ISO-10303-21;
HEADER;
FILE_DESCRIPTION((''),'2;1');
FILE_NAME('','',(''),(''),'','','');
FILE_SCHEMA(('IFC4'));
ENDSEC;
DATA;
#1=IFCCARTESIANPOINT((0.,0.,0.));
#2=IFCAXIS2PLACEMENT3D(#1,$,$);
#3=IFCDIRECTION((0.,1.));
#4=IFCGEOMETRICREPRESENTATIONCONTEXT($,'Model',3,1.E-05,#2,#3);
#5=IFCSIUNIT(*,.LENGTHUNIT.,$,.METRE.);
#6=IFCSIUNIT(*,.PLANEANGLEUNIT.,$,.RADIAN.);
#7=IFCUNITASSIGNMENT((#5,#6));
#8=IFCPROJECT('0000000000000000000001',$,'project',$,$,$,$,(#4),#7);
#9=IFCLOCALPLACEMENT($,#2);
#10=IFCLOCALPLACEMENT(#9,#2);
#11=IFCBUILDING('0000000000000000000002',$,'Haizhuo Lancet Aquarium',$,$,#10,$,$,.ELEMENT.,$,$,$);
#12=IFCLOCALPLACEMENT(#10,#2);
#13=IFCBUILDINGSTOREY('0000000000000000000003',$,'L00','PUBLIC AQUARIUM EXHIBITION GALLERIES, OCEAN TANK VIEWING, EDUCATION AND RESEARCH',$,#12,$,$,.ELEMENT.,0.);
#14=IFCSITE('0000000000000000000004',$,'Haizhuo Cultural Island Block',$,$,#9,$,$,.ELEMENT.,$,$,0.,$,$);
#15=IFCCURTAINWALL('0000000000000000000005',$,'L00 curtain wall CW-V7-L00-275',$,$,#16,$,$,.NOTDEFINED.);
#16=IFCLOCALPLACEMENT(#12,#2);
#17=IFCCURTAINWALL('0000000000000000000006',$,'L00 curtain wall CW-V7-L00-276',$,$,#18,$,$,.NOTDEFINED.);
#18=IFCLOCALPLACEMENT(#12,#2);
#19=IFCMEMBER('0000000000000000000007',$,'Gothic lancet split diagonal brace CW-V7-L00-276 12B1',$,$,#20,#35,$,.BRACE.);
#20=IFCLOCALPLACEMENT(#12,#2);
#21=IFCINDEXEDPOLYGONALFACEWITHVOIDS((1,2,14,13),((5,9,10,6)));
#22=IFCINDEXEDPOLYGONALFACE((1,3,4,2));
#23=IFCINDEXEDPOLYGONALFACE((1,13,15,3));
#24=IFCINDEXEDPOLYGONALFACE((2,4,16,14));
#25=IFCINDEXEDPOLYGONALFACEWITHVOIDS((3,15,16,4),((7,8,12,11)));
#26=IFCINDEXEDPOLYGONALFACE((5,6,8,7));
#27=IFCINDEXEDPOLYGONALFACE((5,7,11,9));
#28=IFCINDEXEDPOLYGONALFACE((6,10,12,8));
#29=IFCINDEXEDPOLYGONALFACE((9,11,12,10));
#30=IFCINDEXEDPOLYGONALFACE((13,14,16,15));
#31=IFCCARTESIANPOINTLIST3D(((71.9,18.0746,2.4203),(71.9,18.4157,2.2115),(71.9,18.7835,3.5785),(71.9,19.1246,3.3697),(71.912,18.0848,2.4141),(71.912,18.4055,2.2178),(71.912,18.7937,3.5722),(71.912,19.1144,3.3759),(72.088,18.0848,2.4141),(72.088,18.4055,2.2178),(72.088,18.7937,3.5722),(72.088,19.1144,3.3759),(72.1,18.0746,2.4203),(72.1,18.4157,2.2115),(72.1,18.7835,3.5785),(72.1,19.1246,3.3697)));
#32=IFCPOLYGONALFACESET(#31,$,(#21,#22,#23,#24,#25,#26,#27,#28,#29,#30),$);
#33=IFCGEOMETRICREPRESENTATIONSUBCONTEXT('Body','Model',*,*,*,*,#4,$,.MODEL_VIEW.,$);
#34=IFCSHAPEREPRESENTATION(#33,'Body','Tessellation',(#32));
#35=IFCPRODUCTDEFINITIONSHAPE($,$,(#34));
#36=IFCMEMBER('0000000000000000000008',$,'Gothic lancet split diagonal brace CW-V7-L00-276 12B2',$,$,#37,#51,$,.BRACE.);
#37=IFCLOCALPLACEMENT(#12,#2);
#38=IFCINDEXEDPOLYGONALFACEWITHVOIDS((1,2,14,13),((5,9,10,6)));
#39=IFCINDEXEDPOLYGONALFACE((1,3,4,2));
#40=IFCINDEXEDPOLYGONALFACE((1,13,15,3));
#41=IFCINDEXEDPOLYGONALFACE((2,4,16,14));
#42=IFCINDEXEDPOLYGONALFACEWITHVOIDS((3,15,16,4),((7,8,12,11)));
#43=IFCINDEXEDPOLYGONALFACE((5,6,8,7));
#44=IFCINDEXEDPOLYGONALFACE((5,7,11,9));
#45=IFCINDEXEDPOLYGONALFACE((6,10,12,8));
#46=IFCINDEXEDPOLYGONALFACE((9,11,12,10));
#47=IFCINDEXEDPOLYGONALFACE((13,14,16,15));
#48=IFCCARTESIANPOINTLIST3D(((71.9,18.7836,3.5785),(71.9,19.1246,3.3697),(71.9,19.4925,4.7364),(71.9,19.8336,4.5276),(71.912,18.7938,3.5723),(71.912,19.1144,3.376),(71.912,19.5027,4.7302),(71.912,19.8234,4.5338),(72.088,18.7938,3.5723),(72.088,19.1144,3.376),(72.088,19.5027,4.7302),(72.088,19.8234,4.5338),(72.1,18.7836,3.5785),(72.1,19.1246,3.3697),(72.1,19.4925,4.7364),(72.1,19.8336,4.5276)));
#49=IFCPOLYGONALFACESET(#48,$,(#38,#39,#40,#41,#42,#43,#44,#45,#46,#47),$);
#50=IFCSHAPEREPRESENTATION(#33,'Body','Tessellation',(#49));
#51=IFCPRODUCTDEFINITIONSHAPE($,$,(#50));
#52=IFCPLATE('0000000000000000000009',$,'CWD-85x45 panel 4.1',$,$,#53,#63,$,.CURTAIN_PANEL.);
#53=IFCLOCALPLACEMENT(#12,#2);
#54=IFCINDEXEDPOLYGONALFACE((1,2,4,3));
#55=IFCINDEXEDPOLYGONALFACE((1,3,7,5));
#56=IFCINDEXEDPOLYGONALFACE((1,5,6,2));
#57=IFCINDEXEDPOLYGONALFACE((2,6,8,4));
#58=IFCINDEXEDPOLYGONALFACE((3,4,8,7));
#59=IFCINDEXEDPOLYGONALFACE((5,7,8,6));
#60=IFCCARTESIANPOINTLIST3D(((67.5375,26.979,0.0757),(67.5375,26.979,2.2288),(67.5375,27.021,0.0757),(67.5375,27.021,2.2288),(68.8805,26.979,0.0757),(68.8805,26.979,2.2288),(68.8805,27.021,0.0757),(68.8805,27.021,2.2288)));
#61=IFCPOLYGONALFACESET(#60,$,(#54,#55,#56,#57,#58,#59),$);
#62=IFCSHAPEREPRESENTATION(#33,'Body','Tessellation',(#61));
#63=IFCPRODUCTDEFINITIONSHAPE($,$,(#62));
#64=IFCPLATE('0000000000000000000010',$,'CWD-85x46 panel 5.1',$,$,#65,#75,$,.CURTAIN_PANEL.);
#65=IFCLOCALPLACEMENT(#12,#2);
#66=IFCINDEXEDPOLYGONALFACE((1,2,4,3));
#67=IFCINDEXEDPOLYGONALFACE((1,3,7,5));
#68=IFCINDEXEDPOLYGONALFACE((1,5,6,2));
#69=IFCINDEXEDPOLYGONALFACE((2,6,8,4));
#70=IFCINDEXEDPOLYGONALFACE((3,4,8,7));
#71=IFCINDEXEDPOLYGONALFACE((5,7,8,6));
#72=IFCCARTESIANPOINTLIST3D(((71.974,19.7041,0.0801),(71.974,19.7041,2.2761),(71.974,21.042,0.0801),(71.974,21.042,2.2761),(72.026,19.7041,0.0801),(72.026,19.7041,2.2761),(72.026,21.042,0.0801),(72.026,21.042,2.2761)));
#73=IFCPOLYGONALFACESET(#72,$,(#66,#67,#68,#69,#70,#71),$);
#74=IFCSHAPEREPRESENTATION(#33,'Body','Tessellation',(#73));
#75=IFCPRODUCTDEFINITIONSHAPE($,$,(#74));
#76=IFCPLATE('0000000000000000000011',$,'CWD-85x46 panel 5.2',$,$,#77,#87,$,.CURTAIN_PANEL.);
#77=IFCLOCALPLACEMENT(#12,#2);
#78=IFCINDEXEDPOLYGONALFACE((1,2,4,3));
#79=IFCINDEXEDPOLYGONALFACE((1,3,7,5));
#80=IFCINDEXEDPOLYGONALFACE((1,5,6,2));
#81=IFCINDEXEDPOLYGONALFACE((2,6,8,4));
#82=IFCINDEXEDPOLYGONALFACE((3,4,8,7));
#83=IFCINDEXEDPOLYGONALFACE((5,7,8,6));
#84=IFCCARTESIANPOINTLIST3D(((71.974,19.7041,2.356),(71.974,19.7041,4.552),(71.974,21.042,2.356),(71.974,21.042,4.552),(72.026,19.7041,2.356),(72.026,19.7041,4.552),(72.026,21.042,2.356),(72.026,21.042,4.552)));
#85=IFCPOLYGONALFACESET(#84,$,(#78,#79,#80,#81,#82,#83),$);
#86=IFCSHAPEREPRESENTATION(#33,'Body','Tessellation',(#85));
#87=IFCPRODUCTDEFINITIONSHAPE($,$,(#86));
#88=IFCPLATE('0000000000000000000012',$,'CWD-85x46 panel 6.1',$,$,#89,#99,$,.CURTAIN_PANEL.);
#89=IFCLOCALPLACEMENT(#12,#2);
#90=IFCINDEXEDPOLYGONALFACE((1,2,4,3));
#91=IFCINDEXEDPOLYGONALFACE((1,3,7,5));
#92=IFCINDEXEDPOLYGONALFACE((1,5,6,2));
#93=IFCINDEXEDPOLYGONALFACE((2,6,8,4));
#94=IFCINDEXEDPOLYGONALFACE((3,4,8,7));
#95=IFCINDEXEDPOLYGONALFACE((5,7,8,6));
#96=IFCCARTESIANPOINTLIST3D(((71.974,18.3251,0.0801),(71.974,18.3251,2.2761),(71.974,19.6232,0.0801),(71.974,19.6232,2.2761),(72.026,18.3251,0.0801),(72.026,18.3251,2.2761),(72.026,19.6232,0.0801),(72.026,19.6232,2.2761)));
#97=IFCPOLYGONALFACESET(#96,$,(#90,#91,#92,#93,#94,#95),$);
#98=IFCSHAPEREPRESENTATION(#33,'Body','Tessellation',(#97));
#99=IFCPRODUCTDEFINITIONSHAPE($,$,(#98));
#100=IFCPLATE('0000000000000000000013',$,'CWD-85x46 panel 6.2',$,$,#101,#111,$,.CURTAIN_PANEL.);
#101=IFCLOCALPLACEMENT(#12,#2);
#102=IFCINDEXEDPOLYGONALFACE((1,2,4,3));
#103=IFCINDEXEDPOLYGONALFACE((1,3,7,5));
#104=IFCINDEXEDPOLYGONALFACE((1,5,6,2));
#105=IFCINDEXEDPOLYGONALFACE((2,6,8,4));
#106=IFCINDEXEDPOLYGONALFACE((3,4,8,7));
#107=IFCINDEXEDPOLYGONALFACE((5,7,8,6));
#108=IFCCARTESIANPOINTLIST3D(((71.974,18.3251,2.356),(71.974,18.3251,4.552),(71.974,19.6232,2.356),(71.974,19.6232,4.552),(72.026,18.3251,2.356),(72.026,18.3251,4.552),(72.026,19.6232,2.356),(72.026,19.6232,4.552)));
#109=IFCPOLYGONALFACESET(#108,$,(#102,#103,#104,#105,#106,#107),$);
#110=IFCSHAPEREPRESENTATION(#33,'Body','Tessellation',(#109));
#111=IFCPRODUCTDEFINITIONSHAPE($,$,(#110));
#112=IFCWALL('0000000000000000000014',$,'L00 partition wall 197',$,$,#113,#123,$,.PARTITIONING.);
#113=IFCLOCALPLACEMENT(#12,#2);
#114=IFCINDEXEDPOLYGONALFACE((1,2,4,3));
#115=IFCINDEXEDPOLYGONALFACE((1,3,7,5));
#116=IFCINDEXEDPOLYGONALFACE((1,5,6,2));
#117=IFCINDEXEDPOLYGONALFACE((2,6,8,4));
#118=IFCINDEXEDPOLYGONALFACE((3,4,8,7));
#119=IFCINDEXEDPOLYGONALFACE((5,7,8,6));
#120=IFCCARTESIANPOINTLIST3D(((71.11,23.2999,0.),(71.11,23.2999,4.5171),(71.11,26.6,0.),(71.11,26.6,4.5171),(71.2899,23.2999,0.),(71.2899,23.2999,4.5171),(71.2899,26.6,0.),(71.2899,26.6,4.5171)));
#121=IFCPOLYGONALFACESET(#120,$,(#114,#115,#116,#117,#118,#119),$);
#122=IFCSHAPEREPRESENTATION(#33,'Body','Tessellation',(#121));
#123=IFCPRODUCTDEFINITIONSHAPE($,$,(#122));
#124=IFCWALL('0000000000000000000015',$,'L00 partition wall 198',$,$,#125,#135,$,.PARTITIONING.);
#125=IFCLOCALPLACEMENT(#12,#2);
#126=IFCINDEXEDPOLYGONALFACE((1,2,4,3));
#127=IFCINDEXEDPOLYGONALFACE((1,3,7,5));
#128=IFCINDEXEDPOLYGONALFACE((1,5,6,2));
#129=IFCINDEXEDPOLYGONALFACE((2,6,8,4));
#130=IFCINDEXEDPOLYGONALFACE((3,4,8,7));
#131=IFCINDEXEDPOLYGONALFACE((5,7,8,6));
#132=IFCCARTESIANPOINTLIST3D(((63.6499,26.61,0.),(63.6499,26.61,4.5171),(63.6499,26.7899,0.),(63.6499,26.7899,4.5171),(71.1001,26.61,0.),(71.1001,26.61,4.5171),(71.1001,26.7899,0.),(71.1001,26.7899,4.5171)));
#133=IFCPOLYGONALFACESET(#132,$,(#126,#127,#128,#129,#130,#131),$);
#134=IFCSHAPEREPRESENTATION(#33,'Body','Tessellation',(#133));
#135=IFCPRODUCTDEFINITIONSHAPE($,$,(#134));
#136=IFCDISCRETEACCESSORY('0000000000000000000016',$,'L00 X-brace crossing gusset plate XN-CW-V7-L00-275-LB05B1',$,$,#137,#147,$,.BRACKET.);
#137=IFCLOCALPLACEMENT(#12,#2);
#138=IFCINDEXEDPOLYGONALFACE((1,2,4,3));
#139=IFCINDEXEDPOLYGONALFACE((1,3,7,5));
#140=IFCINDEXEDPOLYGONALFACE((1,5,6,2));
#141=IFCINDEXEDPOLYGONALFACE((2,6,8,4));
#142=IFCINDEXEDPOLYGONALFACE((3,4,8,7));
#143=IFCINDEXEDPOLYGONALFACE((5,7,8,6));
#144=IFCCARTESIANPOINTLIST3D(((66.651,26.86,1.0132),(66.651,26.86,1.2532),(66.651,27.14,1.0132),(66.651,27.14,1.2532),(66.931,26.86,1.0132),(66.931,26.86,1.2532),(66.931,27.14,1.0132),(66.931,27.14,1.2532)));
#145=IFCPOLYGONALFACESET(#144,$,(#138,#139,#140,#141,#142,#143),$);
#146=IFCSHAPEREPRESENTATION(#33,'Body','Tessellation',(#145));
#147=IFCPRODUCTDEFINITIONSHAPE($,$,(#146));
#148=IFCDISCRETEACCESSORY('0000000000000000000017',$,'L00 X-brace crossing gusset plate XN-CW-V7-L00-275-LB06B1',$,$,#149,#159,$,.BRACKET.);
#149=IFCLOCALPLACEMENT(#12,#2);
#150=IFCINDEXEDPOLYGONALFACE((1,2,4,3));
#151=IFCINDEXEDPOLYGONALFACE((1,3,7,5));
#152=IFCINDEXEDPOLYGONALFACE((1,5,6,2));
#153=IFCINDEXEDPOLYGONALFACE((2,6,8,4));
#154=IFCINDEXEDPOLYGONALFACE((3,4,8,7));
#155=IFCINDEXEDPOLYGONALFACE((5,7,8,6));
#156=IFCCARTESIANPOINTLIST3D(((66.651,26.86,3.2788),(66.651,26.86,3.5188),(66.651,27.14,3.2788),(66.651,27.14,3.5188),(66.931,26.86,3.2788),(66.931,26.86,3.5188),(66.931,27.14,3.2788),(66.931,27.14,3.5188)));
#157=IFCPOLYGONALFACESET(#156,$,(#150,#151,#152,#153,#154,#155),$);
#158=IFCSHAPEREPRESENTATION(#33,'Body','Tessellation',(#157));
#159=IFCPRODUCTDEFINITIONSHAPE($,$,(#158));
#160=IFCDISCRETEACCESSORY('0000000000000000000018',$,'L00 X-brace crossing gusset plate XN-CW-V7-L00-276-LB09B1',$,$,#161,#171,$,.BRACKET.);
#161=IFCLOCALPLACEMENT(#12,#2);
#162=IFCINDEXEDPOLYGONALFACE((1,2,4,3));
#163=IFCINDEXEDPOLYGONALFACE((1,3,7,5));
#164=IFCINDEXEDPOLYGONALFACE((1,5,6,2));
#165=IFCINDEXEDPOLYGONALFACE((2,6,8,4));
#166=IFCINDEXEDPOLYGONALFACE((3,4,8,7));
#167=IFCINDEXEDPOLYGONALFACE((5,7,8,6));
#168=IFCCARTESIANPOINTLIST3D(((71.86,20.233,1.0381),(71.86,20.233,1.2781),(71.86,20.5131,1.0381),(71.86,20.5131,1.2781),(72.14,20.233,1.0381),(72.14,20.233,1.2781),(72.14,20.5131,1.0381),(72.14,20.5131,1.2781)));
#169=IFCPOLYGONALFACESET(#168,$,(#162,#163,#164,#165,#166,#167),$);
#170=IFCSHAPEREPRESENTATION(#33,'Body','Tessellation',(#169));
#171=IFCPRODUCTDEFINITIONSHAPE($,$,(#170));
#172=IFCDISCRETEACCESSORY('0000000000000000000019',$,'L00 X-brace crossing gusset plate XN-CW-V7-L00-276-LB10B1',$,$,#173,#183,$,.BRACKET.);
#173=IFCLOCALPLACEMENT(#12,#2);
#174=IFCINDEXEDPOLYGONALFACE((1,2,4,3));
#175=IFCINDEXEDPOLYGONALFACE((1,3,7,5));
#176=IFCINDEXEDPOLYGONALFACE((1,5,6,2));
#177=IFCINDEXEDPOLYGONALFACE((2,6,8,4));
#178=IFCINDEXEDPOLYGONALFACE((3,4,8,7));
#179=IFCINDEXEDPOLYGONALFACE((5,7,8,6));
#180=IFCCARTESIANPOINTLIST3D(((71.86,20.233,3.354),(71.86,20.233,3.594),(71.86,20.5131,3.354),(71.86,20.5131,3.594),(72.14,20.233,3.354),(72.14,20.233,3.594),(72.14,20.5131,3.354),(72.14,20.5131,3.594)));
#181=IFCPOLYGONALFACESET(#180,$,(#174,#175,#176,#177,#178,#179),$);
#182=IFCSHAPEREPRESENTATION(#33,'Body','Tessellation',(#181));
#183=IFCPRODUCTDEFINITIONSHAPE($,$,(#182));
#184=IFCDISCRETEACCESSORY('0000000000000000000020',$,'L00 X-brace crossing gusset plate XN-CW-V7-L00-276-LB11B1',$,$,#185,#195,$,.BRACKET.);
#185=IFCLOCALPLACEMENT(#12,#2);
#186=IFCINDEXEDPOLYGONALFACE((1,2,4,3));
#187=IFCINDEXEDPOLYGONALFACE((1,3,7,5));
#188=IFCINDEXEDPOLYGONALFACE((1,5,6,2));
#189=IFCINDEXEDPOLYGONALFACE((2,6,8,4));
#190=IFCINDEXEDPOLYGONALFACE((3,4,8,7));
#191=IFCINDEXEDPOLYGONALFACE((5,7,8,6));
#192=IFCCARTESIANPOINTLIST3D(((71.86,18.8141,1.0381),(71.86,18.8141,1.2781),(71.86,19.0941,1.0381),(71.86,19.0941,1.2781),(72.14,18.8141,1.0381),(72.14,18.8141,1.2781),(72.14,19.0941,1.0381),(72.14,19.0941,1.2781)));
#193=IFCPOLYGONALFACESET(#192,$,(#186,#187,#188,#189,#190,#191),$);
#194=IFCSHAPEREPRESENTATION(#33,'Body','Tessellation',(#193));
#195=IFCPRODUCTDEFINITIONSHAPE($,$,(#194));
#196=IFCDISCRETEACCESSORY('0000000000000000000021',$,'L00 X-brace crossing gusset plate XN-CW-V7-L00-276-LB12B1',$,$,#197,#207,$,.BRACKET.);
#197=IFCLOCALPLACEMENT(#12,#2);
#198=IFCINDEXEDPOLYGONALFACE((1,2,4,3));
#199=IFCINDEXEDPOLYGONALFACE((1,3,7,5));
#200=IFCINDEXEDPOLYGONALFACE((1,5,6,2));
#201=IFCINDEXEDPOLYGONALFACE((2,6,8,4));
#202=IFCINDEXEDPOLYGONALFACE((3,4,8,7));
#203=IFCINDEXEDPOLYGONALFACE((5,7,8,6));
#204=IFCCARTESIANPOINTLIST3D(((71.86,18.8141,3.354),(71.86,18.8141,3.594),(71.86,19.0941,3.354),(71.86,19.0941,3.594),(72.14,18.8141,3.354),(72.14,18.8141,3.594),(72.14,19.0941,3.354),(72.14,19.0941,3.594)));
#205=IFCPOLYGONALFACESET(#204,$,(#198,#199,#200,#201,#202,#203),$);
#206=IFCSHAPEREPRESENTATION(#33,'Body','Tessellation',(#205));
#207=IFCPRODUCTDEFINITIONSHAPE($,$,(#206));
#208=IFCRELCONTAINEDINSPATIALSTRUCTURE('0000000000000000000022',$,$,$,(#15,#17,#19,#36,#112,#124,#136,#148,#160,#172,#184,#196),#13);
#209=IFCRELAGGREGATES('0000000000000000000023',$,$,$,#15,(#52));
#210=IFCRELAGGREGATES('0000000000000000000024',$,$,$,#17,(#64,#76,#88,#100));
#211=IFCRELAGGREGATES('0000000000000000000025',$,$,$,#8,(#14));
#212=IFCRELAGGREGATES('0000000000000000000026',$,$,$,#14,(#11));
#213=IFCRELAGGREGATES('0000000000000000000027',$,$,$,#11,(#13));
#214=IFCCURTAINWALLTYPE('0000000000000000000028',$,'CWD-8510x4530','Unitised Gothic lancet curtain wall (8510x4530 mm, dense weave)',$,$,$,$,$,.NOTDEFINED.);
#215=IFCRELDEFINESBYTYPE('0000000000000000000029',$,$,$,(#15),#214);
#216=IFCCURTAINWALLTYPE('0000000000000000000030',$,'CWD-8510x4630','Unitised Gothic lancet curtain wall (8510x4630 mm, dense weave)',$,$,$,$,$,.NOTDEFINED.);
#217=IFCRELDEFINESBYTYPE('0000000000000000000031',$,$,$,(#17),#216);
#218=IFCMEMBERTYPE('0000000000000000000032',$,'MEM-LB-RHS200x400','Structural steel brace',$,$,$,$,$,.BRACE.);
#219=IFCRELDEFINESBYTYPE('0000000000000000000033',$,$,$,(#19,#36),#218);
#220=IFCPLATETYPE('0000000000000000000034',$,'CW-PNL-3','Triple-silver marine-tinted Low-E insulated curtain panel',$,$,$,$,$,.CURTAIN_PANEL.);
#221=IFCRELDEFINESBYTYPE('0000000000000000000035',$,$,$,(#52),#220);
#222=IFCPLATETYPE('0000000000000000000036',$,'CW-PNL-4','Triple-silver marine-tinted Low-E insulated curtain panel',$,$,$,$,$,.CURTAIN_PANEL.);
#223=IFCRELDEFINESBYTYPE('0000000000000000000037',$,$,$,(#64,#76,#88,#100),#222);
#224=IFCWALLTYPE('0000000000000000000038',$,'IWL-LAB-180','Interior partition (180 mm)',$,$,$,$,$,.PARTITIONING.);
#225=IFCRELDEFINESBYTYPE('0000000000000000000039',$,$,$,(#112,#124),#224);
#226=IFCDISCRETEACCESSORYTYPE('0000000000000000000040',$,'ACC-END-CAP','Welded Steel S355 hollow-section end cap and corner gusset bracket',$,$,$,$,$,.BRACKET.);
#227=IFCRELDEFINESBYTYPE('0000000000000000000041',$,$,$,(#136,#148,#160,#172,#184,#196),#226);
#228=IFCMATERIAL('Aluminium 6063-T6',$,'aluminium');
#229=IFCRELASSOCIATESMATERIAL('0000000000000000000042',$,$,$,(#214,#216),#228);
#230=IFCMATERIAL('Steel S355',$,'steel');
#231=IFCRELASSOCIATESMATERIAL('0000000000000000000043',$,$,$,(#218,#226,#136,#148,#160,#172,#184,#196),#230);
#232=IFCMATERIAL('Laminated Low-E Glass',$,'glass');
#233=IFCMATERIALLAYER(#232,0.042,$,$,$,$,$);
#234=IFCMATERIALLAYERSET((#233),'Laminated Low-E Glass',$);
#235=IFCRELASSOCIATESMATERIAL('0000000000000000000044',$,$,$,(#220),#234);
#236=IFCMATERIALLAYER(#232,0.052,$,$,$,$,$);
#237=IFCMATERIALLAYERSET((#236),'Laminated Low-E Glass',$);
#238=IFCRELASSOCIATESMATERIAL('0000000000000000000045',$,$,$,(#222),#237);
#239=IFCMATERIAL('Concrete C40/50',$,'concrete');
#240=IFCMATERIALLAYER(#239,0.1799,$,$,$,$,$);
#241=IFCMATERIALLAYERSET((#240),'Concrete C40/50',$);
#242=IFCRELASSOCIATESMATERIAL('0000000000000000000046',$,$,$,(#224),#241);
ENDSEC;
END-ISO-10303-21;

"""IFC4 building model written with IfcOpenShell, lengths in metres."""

from ifc_helpers import new_model, si_unit, direction, frame, frame_2d, origin, origin_2d, place, context, subcontext, project, spatial, rectangle, hollow_rectangle, extrude, material, layer, layer_set, material_profile, profile_set, type_object, element, aggregate, save


model = new_model("IFC4")

# Units and contexts
model_context = context("Model", 3, precision=1e-05, world=origin(), true_north=direction((0.0, 1.0)))
body_context = subcontext(model_context, "Body", "Model", "MODEL_VIEW")
ifc_project = project(units=[si_unit("LENGTHUNIT", "METRE"), si_unit("PLANEANGLEUNIT", "RADIAN")], contexts=[model_context])

# Site, building, storey
site_placement = place(None, origin())
site = spatial("IfcSite", under=ifc_project, at=site_placement, Name="Haizhuo Cultural Island Block", CompositionType="ELEMENT", RefElevation=0.0)
building_placement = place(site_placement, origin())
building = spatial("IfcBuilding", under=site, at=building_placement, Name="Haizhuo Lancet Aquarium", CompositionType="ELEMENT")
storey_placement = place(building_placement, origin())
storey = spatial("IfcBuildingStorey", under=building, at=storey_placement, Name="L00", Description="PUBLIC AQUARIUM EXHIBITION GALLERIES, OCEAN TANK VIEWING, EDUCATION AND RESEARCH", CompositionType="ELEMENT", Elevation=0.0)

# Curtain wall
ifc_material_1 = material(Name="Aluminium 6063-T6", Category="aluminium")
curtain_wall_type_1 = type_object("IfcCurtainWallType", Name="CWD-8510x4530", Description="Unitised Gothic lancet curtain wall (8510x4530 mm, dense weave)", PredefinedType="NOTDEFINED", material=ifc_material_1)
curtain_wall_1_placement = place(storey_placement, origin())
curtain_wall_1 = element("IfcCurtainWall", 1, at=curtain_wall_1_placement, inside=storey, type_object=curtain_wall_type_1, Name="L00 curtain wall CW-V7-L00-275", PredefinedType="NOTDEFINED")

# Curtain wall
curtain_wall_type_2 = type_object("IfcCurtainWallType", Name="CWD-8510x4630", Description="Unitised Gothic lancet curtain wall (8510x4630 mm, dense weave)", PredefinedType="NOTDEFINED", material=ifc_material_1)
curtain_wall_2_placement = place(storey_placement, origin())
curtain_wall_2 = element("IfcCurtainWall", 2, at=curtain_wall_2_placement, inside=storey, type_object=curtain_wall_type_2, Name="L00 curtain wall CW-V7-L00-276", PredefinedType="NOTDEFINED")

# Members
ifc_material_2 = material(Name="Steel S355", Category="steel")
ifc_material_profile_1 = material_profile(ifc_material_2, hollow_rectangle(XDim=0.2, YDim=0.3999, WallThickness=0.012, at=origin_2d()), Name="RHS 200x400x12")
ifc_profile_set_1 = profile_set([ifc_material_profile_1], Name="Steel S355")
member_type_1 = type_object("IfcMemberType", Name="MEM-LB-RHS200x400", Description="Structural steel brace", PredefinedType="BRACE", material=ifc_profile_set_1)
member_1_placement = place(storey_placement, frame((72.0, 18.2451, 2.3159), z_axis=(0.0, 0.52209, 0.852891), x_axis=(-1.0, 0.0, 0.0)))
element("IfcMember", 3, at=member_1_placement, inside=storey, type_object=member_type_1, Name="Gothic lancet split diagonal brace CW-V7-L00-276 12B1", PredefinedType="BRACE", context=body_context, shape_type="SweptSolid", body=[
    extrude(hollow_rectangle(XDim=0.2, YDim=0.3999, WallThickness=0.012, at=origin_2d()), origin(), (0.0, 0.0, 1.0), 1.3579),
])
member_2_placement = place(storey_placement, frame((72.0, 18.9541, 3.4741), z_axis=(0.0, 0.52217, 0.852841), x_axis=(-1.0, 0.0, 0.0)))
element("IfcMember", 4, at=member_2_placement, inside=storey, type_object=member_type_1, Name="Gothic lancet split diagonal brace CW-V7-L00-276 12B2", PredefinedType="BRACE", context=body_context, shape_type="SweptSolid", body=[
    extrude(hollow_rectangle(XDim=0.2, YDim=0.3999, WallThickness=0.012, at=origin_2d()), origin(), (0.0, 0.0, 1.0), 1.3577),
])

# Plates
ifc_material_3 = material(Name="Laminated Low-E Glass", Category="glass")
ifc_layer_1 = layer(ifc_material_3, 0.042)
ifc_layer_set_1 = layer_set([ifc_layer_1], Name="Laminated Low-E Glass")
plate_type_1 = type_object("IfcPlateType", Name="CW-PNL-3", Description="Triple-silver marine-tinted Low-E insulated curtain panel", PredefinedType="CURTAIN_PANEL", material=ifc_layer_set_1)
plate_1_placement = place(storey_placement, frame((68.209, 27.0, 0.0757), z_axis=(0.0, 0.0, 1.0), x_axis=(1.0, 0.0, 0.0)))
plate_1 = element("IfcPlate", 5, at=plate_1_placement, type_object=plate_type_1, Name="CWD-85x45 panel 4.1", PredefinedType="CURTAIN_PANEL", context=body_context, shape_type="SweptSolid", body=[
    extrude(rectangle(XDim=1.343, YDim=0.042, at=origin_2d()), origin(), (0.0, 0.0, 1.0), 2.1531),
])
aggregate(curtain_wall_1, [plate_1])
ifc_layer_2 = layer(ifc_material_3, 0.052)
ifc_layer_set_2 = layer_set([ifc_layer_2], Name="Laminated Low-E Glass")
plate_type_2 = type_object("IfcPlateType", Name="CW-PNL-4", Description="Triple-silver marine-tinted Low-E insulated curtain panel", PredefinedType="CURTAIN_PANEL", material=ifc_layer_set_2)
plate_2_placement = place(storey_placement, frame((72.0, 20.373, 0.0801), z_axis=(0.0, 0.0, 1.0), x_axis=(0.0, -1.0, 0.0)))
plate_2 = element("IfcPlate", 6, at=plate_2_placement, type_object=plate_type_2, Name="CWD-85x46 panel 5.1", PredefinedType="CURTAIN_PANEL", context=body_context, shape_type="SweptSolid", body=[
    extrude(rectangle(XDim=1.3379, YDim=0.052, at=origin_2d()), origin(), (0.0, 0.0, 1.0), 2.196),
])
plate_3_placement = place(storey_placement, frame((72.0, 20.373, 2.356), z_axis=(0.0, 0.0, 1.0), x_axis=(0.0, -1.0, 0.0)))
plate_3 = element("IfcPlate", 7, at=plate_3_placement, type_object=plate_type_2, Name="CWD-85x46 panel 5.2", PredefinedType="CURTAIN_PANEL", context=body_context, shape_type="SweptSolid", body=[
    extrude(rectangle(XDim=1.3379, YDim=0.052, at=origin_2d()), origin(), (0.0, 0.0, 1.0), 2.196),
])
plate_4_placement = place(storey_placement, frame((72.0, 18.9741, 0.0801), z_axis=(0.0, 0.0, 1.0), x_axis=(0.0, -1.0, 0.0)))
plate_4 = element("IfcPlate", 8, at=plate_4_placement, type_object=plate_type_2, Name="CWD-85x46 panel 6.1", PredefinedType="CURTAIN_PANEL", context=body_context, shape_type="SweptSolid", body=[
    extrude(rectangle(XDim=1.2981, YDim=0.052, at=origin_2d()), origin(), (0.0, 0.0, 1.0), 2.196),
])
plate_5_placement = place(storey_placement, frame((72.0, 18.9741, 2.356), z_axis=(0.0, 0.0, 1.0), x_axis=(0.0, -1.0, 0.0)))
plate_5 = element("IfcPlate", 9, at=plate_5_placement, type_object=plate_type_2, Name="CWD-85x46 panel 6.2", PredefinedType="CURTAIN_PANEL", context=body_context, shape_type="SweptSolid", body=[
    extrude(rectangle(XDim=1.2981, YDim=0.052, at=origin_2d()), origin(), (0.0, 0.0, 1.0), 2.196),
])
aggregate(curtain_wall_2, [plate_2, plate_3, plate_4, plate_5])

# Walls
ifc_material_4 = material(Name="Concrete C40/50", Category="concrete")
ifc_layer_3 = layer(ifc_material_4, 0.1799)
ifc_layer_set_3 = layer_set([ifc_layer_3], Name="Concrete C40/50")
wall_type = type_object("IfcWallType", Name="IWL-LAB-180", Description="Interior partition (180 mm)", PredefinedType="PARTITIONING", material=ifc_layer_set_3)
wall_1_placement = place(storey_placement, frame((71.2, 23.3, 0.0), z_axis=(0.0, 0.0, 1.0), x_axis=(0.0, 1.0, 0.0)))
element("IfcWall", 10, at=wall_1_placement, inside=storey, type_object=wall_type, Name="L00 partition wall 197", PredefinedType="PARTITIONING", context=body_context, shape_type="SweptSolid", body=[
    extrude(rectangle(XDim=3.3, YDim=0.1799, at=frame_2d((1.6499, 0.0))), origin(), (0.0, 0.0, 1.0), 4.5171),
])
wall_2_placement = place(storey_placement, frame((71.1001, 26.7, 0.0), z_axis=(0.0, 0.0, 1.0), x_axis=(-1.0, 0.0, 0.0)))
element("IfcWall", 11, at=wall_2_placement, inside=storey, type_object=wall_type, Name="L00 partition wall 198", PredefinedType="PARTITIONING", context=body_context, shape_type="SweptSolid", body=[
    extrude(rectangle(XDim=7.4502, YDim=0.1799, at=frame_2d((3.7251, 0.0))), origin(), (0.0, 0.0, 1.0), 4.5171),
])

# Discrete accessories
discrete_accessory_type = type_object("IfcDiscreteAccessoryType", Name="ACC-END-CAP", Description="Welded Steel S355 hollow-section end cap and corner gusset bracket", PredefinedType="BRACKET", material=ifc_material_2)
for number, where, z_axis, x_axis, name in (
    (12, (66.791, 27.0, 1.0132), (0.0, 0.0, 1.0), (1.0, 0.0, 0.0), "L00 X-brace crossing gusset plate XN-CW-V7-L00-275-LB05B1"),
    (13, (66.791, 27.0, 3.2788), (0.0, 0.0, 1.0), (1.0, 0.0, 0.0), "L00 X-brace crossing gusset plate XN-CW-V7-L00-275-LB06B1"),
    (14, (72.0, 20.373, 1.0381), (0.0, 0.0, 1.0), (1.0, 0.0, 0.0), "L00 X-brace crossing gusset plate XN-CW-V7-L00-276-LB09B1"),
    (15, (72.0, 20.373, 3.354), (0.0, 0.0, 1.0), (1.0, 0.0, 0.0), "L00 X-brace crossing gusset plate XN-CW-V7-L00-276-LB10B1"),
    (16, (72.0, 18.9541, 1.0381), (0.0, 0.0, 1.0), (1.0, 0.0, 0.0), "L00 X-brace crossing gusset plate XN-CW-V7-L00-276-LB11B1"),
    (17, (72.0, 18.9541, 3.354), (0.0, 0.0, 1.0), (1.0, 0.0, 0.0), "L00 X-brace crossing gusset plate XN-CW-V7-L00-276-LB12B1"),
):
    element("IfcDiscreteAccessory", number, at=place(storey_placement, frame(where, z_axis=z_axis, x_axis=x_axis)), inside=storey, type_object=discrete_accessory_type, material=ifc_material_2, Name=name, PredefinedType="BRACKET", context=body_context, shape_type="SweptSolid", body=[
        extrude(rectangle(XDim=0.28, YDim=0.28, at=origin_2d()), origin(), (0.0, 0.0, 1.0), 0.24),
    ])

save(model, "model.ifc")
